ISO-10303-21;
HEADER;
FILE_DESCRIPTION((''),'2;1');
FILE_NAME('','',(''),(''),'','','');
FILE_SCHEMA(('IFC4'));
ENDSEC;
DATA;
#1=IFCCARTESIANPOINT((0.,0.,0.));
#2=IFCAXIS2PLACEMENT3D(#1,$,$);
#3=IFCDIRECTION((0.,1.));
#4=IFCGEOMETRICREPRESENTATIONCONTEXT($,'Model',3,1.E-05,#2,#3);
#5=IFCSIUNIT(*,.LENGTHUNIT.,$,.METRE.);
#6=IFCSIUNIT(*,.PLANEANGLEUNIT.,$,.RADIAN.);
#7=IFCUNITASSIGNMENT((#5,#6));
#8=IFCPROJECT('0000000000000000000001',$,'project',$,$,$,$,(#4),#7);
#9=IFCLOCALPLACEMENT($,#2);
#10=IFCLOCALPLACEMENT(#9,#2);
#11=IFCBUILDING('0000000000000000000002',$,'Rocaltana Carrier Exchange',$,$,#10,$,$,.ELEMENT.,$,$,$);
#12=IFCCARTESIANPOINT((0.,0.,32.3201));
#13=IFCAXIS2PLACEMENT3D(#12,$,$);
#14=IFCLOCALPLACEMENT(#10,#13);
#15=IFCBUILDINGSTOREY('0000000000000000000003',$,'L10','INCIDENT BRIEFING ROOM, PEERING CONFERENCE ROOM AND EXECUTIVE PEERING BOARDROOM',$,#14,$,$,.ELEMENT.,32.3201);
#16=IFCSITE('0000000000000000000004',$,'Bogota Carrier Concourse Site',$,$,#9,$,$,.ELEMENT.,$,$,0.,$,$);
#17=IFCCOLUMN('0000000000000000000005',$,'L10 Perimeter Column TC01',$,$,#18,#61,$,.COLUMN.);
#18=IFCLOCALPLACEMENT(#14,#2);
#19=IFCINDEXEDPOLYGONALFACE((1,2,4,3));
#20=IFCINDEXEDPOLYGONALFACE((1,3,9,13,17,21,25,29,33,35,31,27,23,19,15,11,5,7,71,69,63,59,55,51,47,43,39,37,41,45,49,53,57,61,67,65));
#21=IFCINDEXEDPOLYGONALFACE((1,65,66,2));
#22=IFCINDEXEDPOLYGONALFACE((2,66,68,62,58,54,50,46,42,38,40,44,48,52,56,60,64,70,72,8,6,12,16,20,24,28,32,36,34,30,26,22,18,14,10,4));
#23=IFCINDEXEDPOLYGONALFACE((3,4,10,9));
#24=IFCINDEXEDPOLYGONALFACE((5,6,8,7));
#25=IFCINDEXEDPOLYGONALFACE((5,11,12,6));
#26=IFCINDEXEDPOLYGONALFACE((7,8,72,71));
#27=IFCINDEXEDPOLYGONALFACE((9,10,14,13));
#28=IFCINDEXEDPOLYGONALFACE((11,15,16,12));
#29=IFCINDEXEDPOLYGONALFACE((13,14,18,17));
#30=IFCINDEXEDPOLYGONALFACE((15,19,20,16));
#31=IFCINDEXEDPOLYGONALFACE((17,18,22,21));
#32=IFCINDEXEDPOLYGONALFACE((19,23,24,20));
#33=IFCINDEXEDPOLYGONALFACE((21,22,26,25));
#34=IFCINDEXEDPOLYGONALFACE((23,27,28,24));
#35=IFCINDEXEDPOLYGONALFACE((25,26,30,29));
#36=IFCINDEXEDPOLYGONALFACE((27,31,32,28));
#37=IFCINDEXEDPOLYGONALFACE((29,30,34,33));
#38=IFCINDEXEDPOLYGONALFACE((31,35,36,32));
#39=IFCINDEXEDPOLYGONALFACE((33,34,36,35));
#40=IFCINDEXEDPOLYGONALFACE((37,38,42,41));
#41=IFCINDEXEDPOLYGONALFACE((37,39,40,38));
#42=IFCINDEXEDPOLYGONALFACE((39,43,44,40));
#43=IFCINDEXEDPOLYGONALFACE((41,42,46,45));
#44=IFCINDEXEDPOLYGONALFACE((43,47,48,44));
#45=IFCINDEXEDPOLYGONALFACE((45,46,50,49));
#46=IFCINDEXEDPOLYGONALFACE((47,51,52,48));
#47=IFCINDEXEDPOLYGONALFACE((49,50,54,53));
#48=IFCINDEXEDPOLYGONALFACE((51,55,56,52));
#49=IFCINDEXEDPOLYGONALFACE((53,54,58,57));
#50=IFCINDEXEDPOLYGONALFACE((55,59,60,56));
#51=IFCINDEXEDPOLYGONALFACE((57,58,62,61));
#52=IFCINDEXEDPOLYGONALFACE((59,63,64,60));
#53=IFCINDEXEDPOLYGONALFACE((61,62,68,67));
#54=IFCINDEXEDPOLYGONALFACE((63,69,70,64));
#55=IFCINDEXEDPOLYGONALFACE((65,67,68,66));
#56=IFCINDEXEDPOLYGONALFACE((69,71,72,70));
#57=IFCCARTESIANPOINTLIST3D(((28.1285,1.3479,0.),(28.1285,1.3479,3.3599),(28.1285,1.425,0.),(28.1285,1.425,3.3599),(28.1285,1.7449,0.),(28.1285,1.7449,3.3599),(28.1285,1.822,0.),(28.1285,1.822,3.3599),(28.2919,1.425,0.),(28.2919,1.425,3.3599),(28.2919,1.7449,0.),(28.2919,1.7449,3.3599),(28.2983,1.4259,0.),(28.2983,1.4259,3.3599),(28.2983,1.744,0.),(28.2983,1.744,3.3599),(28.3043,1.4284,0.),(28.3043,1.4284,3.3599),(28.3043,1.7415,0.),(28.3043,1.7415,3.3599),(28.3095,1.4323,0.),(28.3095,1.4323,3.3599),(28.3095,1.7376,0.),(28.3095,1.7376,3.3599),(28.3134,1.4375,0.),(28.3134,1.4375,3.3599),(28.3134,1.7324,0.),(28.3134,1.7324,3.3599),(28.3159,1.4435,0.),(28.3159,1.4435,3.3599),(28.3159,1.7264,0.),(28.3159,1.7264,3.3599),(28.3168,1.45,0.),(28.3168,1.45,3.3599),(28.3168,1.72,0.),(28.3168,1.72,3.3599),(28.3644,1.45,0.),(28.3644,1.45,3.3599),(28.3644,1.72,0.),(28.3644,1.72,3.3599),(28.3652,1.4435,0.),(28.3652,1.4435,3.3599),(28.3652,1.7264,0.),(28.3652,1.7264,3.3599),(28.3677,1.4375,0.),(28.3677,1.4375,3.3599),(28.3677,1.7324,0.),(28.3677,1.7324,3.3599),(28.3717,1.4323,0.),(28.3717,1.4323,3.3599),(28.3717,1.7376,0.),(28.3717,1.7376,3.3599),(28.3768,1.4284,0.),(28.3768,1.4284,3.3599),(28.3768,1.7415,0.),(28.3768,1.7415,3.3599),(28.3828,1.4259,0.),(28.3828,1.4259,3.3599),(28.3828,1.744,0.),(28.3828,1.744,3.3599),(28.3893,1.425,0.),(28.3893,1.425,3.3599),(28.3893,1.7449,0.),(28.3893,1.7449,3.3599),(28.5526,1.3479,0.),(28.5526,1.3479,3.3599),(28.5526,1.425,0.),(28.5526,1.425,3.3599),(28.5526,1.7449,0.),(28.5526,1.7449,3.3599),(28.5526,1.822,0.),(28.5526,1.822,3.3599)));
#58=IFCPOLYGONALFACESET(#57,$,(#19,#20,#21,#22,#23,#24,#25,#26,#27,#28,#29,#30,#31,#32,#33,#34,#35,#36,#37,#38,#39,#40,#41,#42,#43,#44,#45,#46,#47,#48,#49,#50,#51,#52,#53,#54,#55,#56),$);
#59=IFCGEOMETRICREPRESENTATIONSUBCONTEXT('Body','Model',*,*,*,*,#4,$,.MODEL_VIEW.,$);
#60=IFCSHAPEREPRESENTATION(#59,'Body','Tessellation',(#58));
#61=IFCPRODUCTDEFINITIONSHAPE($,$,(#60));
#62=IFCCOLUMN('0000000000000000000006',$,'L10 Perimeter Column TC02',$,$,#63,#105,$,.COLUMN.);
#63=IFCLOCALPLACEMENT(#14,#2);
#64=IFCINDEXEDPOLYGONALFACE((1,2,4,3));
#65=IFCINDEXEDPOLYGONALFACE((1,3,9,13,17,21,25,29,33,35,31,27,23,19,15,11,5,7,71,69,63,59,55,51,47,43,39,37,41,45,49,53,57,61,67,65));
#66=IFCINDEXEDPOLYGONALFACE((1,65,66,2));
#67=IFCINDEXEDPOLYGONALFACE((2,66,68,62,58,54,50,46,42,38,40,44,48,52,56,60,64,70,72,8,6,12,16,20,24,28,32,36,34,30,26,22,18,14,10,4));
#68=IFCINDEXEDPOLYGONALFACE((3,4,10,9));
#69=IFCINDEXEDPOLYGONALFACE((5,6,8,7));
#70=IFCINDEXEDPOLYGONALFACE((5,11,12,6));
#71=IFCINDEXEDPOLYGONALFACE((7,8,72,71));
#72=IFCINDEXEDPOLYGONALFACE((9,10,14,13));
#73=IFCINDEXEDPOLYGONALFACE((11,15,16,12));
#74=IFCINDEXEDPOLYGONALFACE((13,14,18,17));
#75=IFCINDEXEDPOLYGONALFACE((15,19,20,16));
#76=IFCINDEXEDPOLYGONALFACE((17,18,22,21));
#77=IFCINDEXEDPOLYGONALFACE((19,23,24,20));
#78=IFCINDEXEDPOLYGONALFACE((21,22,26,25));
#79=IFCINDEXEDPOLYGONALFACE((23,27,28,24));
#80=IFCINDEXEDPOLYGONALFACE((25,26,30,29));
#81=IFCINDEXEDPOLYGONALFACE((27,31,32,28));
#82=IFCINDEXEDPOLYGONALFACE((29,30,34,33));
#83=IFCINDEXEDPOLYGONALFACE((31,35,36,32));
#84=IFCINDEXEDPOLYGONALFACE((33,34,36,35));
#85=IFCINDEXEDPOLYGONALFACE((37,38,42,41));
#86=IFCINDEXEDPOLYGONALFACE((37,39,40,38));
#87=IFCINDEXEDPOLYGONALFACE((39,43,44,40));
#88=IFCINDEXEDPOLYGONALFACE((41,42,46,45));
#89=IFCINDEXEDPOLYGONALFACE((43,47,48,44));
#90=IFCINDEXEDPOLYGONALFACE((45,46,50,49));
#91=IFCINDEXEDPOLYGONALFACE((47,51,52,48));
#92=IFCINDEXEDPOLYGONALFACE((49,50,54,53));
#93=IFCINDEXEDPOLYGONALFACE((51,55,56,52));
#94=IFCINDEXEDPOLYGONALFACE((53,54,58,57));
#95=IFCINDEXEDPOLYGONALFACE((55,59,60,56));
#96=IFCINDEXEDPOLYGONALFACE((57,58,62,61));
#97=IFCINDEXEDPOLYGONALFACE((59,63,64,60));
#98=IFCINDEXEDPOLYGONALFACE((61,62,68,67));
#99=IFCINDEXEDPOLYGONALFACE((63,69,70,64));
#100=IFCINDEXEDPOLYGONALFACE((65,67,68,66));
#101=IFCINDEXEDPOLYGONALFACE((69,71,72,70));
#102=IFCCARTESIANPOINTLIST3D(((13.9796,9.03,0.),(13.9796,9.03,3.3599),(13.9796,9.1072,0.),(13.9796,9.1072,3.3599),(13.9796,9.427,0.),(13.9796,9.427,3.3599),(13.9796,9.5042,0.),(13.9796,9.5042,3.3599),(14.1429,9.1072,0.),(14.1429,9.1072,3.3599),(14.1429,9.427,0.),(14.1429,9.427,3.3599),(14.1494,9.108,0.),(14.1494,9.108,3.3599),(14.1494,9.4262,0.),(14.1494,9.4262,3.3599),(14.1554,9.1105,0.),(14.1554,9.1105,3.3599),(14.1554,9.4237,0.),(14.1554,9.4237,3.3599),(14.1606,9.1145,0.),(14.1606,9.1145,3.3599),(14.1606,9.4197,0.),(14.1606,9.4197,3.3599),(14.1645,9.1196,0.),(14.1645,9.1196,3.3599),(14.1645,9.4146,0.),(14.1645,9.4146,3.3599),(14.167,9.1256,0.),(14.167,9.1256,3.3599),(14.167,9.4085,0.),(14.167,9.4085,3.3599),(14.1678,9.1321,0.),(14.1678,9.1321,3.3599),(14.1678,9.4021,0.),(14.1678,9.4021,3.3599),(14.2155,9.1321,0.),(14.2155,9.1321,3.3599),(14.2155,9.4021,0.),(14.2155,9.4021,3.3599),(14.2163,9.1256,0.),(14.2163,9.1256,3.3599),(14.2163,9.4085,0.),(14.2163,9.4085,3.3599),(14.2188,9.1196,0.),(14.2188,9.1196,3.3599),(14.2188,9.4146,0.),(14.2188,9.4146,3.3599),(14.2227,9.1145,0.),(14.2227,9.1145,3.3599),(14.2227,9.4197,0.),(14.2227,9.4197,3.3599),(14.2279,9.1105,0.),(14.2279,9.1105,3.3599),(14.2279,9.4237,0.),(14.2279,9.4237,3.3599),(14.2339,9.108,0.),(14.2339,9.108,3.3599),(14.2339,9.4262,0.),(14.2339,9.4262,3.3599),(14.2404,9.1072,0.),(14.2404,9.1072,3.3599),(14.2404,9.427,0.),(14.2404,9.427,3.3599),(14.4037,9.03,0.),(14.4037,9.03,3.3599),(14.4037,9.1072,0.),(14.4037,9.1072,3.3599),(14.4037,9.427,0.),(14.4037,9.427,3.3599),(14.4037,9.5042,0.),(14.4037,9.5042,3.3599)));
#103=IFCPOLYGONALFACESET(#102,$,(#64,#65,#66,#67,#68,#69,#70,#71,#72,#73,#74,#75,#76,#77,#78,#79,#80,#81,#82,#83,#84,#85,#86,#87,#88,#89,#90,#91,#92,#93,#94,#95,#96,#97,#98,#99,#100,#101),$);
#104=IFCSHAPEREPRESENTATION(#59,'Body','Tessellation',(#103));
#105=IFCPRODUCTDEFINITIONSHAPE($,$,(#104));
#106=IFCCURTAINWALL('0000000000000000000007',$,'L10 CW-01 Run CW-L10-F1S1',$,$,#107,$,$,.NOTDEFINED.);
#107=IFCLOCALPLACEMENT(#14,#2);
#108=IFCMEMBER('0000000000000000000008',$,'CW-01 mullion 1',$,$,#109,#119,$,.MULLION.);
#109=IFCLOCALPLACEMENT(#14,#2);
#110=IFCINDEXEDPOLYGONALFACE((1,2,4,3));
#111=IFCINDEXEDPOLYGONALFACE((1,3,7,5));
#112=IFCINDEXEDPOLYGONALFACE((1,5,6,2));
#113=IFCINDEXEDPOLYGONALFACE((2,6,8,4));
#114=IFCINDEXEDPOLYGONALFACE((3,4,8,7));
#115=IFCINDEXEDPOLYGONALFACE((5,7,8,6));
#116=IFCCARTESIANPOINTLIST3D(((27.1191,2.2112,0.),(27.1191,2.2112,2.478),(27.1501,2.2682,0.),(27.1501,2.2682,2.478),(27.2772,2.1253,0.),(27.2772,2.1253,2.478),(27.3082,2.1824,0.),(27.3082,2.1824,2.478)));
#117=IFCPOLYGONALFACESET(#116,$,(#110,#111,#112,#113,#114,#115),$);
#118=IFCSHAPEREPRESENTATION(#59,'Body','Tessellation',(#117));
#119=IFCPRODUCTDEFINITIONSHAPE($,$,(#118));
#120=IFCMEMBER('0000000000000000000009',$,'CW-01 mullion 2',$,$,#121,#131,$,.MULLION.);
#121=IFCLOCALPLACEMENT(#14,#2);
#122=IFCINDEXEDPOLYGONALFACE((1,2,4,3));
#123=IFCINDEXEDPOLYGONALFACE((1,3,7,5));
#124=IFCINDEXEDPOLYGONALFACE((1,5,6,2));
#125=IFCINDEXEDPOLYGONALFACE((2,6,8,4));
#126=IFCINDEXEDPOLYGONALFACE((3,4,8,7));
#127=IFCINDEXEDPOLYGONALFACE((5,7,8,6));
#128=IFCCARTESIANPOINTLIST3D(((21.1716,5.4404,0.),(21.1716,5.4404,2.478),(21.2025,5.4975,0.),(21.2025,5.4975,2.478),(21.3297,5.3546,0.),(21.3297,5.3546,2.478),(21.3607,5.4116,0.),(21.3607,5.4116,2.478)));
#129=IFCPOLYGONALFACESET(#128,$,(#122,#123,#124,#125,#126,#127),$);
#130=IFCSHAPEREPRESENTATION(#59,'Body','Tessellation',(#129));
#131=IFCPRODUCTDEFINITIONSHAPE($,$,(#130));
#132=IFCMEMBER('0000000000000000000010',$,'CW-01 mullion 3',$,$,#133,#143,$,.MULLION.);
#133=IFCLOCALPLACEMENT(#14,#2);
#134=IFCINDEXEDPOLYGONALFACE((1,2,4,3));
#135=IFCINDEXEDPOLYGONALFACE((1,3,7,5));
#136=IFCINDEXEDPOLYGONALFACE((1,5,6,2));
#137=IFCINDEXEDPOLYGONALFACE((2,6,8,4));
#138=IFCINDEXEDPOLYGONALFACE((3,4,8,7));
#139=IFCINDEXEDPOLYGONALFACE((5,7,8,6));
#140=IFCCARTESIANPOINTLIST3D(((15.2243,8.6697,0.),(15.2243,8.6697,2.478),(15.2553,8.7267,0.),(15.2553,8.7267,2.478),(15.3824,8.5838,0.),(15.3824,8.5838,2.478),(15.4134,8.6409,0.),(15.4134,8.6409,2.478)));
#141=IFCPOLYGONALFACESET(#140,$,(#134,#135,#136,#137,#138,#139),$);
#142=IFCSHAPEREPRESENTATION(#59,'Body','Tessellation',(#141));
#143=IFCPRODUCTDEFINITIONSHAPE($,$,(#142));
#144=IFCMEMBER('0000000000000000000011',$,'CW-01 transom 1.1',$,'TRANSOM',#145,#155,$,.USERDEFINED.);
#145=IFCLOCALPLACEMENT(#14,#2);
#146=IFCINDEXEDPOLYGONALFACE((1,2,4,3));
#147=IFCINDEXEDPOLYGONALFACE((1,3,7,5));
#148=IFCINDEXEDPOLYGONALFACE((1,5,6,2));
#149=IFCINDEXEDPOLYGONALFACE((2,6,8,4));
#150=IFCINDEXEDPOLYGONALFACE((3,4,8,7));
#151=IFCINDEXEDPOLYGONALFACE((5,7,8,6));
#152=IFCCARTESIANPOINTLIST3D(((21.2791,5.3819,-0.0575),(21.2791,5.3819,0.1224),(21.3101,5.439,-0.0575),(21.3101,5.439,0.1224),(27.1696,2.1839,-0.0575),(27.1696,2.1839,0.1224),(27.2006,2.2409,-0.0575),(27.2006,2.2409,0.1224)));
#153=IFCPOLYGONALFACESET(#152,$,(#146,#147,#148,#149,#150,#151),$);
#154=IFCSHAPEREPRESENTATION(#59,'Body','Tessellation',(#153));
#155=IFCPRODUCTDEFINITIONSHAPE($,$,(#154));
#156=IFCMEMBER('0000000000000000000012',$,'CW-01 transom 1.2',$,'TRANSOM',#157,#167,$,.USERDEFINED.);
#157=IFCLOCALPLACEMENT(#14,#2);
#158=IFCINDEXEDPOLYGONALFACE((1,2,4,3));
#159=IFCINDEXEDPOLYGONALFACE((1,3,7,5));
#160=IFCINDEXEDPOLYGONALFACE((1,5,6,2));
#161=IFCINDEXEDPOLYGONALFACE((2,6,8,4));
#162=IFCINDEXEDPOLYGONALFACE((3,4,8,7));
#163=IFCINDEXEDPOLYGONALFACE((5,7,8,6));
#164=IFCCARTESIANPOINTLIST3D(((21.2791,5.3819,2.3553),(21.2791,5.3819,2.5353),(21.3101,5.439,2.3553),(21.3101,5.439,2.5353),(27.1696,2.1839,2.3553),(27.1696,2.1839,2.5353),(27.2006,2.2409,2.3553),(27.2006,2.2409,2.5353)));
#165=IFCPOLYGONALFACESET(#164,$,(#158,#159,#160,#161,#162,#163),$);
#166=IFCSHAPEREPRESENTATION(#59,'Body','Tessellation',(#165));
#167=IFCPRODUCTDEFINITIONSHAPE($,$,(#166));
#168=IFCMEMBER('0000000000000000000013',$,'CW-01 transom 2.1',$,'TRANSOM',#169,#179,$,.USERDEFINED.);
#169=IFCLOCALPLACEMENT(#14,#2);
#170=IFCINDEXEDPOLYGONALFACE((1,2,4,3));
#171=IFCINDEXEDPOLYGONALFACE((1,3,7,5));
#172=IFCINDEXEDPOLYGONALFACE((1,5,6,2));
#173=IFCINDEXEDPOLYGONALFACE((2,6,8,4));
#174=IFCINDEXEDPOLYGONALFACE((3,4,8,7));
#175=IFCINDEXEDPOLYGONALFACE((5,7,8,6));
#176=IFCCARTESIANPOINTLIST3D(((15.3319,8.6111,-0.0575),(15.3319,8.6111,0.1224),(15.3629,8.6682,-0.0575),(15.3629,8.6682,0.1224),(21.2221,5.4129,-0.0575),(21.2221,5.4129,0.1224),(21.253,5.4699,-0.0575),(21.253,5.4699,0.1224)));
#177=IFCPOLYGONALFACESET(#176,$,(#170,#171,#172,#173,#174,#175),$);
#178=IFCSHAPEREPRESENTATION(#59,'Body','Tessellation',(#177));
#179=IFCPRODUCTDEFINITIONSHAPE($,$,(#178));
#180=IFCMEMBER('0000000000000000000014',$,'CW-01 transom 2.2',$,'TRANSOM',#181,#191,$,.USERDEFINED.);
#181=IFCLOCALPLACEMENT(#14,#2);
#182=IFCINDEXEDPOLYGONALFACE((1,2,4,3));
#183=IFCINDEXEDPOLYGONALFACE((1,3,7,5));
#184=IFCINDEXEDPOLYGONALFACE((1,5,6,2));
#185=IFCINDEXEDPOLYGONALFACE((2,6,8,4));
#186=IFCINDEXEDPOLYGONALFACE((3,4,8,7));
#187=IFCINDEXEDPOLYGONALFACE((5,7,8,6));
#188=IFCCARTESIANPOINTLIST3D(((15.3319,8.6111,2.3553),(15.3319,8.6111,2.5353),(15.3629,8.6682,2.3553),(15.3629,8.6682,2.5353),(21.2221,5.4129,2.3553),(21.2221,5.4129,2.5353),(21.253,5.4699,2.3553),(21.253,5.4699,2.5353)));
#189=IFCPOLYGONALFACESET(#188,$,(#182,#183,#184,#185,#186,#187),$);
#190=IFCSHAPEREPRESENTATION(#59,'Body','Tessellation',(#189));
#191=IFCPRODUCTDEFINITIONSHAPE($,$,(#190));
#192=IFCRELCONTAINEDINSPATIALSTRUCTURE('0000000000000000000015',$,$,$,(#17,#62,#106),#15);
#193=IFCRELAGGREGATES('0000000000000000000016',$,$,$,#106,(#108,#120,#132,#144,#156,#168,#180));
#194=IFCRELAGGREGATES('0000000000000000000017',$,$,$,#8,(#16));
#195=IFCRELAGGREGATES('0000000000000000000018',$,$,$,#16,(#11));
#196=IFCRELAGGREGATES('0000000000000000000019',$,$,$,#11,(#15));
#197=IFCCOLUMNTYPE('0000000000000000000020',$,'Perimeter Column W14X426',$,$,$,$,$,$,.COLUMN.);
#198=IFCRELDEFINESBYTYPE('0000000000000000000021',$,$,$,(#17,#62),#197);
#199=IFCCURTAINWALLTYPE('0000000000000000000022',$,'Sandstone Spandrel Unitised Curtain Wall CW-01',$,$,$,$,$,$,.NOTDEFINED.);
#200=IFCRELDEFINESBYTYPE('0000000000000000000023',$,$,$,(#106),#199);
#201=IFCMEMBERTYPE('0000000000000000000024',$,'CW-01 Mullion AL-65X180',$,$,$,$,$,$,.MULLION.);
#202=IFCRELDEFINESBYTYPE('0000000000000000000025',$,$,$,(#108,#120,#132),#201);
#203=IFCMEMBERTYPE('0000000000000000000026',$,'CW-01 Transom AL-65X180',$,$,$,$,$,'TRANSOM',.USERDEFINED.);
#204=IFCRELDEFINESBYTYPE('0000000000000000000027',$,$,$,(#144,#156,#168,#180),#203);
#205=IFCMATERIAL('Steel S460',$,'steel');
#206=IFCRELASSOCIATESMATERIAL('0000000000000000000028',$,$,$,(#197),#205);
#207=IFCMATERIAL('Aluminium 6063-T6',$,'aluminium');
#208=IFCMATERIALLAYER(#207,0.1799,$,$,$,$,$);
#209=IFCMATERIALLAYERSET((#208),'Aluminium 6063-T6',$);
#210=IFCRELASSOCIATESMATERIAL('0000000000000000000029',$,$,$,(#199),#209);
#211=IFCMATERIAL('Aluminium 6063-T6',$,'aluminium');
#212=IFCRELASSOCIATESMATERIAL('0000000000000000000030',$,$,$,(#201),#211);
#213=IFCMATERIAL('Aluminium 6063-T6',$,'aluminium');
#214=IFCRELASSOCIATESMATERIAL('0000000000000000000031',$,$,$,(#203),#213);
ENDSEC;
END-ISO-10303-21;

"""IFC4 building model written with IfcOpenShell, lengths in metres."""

from ifc_helpers import new_model, si_unit, direction, frame, origin, origin_2d, place, context, subcontext, project, spatial, rectangle, i_section, extrude, material, layer, layer_set, material_profile, profile_set, type_object, element, aggregate, save


model = new_model("IFC4")

# Units and contexts
model_context = context("Model", 3, precision=1e-05, world=origin(), true_north=direction((0.0, 1.0)))
body_context = subcontext(model_context, "Body", "Model", "MODEL_VIEW")
ifc_project = project(units=[si_unit("LENGTHUNIT", "METRE"), si_unit("PLANEANGLEUNIT", "RADIAN")], contexts=[model_context])

# Site, building, storey
site_placement = place(None, origin())
site = spatial("IfcSite", under=ifc_project, at=site_placement, Name="Bogota Carrier Concourse Site", CompositionType="ELEMENT", RefElevation=0.0)
building_placement = place(site_placement, origin())
building = spatial("IfcBuilding", under=site, at=building_placement, Name="Rocaltana Carrier Exchange", CompositionType="ELEMENT")
storey_placement = place(building_placement, frame((0.0, 0.0, 32.3201)))
storey = spatial("IfcBuildingStorey", under=building, at=storey_placement, Name="L10", Description="INCIDENT BRIEFING ROOM, PEERING CONFERENCE ROOM AND EXECUTIVE PEERING BOARDROOM", CompositionType="ELEMENT", Elevation=32.3201)

# Columns
ifc_material_1 = material(Name="Steel S460", Category="steel")
ifc_material_profile_1 = material_profile(ifc_material_1, i_section(OverallWidth=0.4241, OverallDepth=0.4741, WebThickness=0.0476, FlangeThickness=0.0771, FilletRadius=0.0249, at=origin_2d()), Name="W14X426")
ifc_profile_set_1 = profile_set([ifc_material_profile_1], Name="Steel S460")
column_type = type_object("IfcColumnType", Name="Perimeter Column W14X426", PredefinedType="COLUMN", material=ifc_profile_set_1)
for number, where, z_axis, x_axis, name in (
    (1, (28.3406, 1.585, 0.0), (0.0, 0.0, 1.0), (1.0, 0.0, 0.0), "L10 Perimeter Column TC01"),
    (2, (14.1917, 9.2671, 0.0), (0.0, 0.0, 1.0), (1.0, 0.0, 0.0), "L10 Perimeter Column TC02"),
):
    element("IfcColumn", number, at=place(storey_placement, frame(where, z_axis=z_axis, x_axis=x_axis)), inside=storey, type_object=column_type, Name=name, PredefinedType="COLUMN", context=body_context, shape_type="SweptSolid", body=[
        extrude(i_section(OverallWidth=0.4241, OverallDepth=0.4741, WebThickness=0.0476, FlangeThickness=0.0771, FilletRadius=0.0249, at=origin_2d()), origin(), (0.0, 0.0, 1.0), 3.3599),
    ])

# Curtain wall, members
ifc_material_2 = material(Name="Aluminium 6063-T6", Category="aluminium")
ifc_layer_1 = layer(ifc_material_2, 0.1799)
ifc_layer_set_1 = layer_set([ifc_layer_1], Name="Aluminium 6063-T6")
curtain_wall_type = type_object("IfcCurtainWallType", Name="Sandstone Spandrel Unitised Curtain Wall CW-01", PredefinedType="NOTDEFINED", material=ifc_layer_set_1)
curtain_wall_placement = place(storey_placement, origin())
curtain_wall = element("IfcCurtainWall", 3, at=curtain_wall_placement, inside=storey, type_object=curtain_wall_type, Name="L10 CW-01 Run CW-L10-F1S1", PredefinedType="NOTDEFINED")
ifc_material_3 = material(Name="Aluminium 6063-T6", Category="aluminium")
ifc_material_profile_2 = material_profile(ifc_material_3, rectangle(XDim=0.0649, YDim=0.1799, at=origin_2d()), Name="AL-65X180")
ifc_profile_set_2 = profile_set([ifc_material_profile_2], Name="Aluminium 6063-T6")
member_type_1 = type_object("IfcMemberType", Name="CW-01 Mullion AL-65X180", PredefinedType="MULLION", material=ifc_profile_set_2)
member_1_placement = place(storey_placement, frame((27.2136, 2.1968, 0.0), z_axis=(0.0, 0.0, 1.0), x_axis=(-0.477161, -0.878816, 0.0)))
member_1 = element("IfcMember", 4, at=member_1_placement, type_object=member_type_1, Name="CW-01 mullion 1", PredefinedType="MULLION", context=body_context, shape_type="SweptSolid", body=[
    extrude(rectangle(XDim=0.0649, YDim=0.1799, at=origin_2d()), origin(), (0.0, 0.0, 1.0), 2.478),
])
member_2_placement = place(storey_placement, frame((21.2661, 5.426, 0.0), z_axis=(0.0, 0.0, 1.0), x_axis=(-0.477161, -0.878816, 0.0)))
member_2 = element("IfcMember", 5, at=member_2_placement, type_object=member_type_1, Name="CW-01 mullion 2", PredefinedType="MULLION", context=body_context, shape_type="SweptSolid", body=[
    extrude(rectangle(XDim=0.0649, YDim=0.1799, at=origin_2d()), origin(), (0.0, 0.0, 1.0), 2.478),
])
member_3_placement = place(storey_placement, frame((15.3188, 8.6553, 0.0), z_axis=(0.0, 0.0, 1.0), x_axis=(-0.477161, -0.878816, 0.0)))
member_3 = element("IfcMember", 6, at=member_3_placement, type_object=member_type_1, Name="CW-01 mullion 3", PredefinedType="MULLION", context=body_context, shape_type="SweptSolid", body=[
    extrude(rectangle(XDim=0.0649, YDim=0.1799, at=origin_2d()), origin(), (0.0, 0.0, 1.0), 2.478),
])
ifc_material_4 = material(Name="Aluminium 6063-T6", Category="aluminium")
ifc_material_profile_3 = material_profile(ifc_material_4, rectangle(XDim=0.0649, YDim=0.1799, at=origin_2d()), Name="AL-65X180")
ifc_profile_set_3 = profile_set([ifc_material_profile_3], Name="Aluminium 6063-T6")
member_type_2 = type_object("IfcMemberType", Name="CW-01 Transom AL-65X180", ElementType="TRANSOM", PredefinedType="USERDEFINED", material=ifc_profile_set_3)
member_4_placement = place(storey_placement, frame((27.1851, 2.2124, 0.0325), z_axis=(-0.878831, 0.477134, 0.0), x_axis=(-0.477134, -0.878831, 0.0)))
member_4 = element("IfcMember", 7, at=member_4_placement, type_object=member_type_2, Name="CW-01 transom 1.1", ObjectType="TRANSOM", PredefinedType="USERDEFINED", context=body_context, shape_type="SweptSolid", body=[
    extrude(rectangle(XDim=0.0649, YDim=0.1799, at=origin_2d()), origin(), (0.0, 0.0, 1.0), 6.7026),
])
member_5_placement = place(storey_placement, frame((27.1851, 2.2124, 2.4453), z_axis=(-0.878831, 0.477134, 0.0), x_axis=(-0.477134, -0.878831, 0.0)))
member_5 = element("IfcMember", 8, at=member_5_placement, type_object=member_type_2, Name="CW-01 transom 1.2", ObjectType="TRANSOM", PredefinedType="USERDEFINED", context=body_context, shape_type="SweptSolid", body=[
    extrude(rectangle(XDim=0.0649, YDim=0.1799, at=origin_2d()), origin(), (0.0, 0.0, 1.0), 6.7026),
])
member_6_placement = place(storey_placement, frame((21.2375, 5.4414, 0.0325), z_axis=(-0.878807, 0.477177, 0.0), x_axis=(-0.477177, -0.878807, 0.0)))
member_6 = element("IfcMember", 9, at=member_6_placement, type_object=member_type_2, Name="CW-01 transom 2.1", ObjectType="TRANSOM", PredefinedType="USERDEFINED", context=body_context, shape_type="SweptSolid", body=[
    extrude(rectangle(XDim=0.0649, YDim=0.1799, at=origin_2d()), origin(), (0.0, 0.0, 1.0), 6.7024),
])
member_7_placement = place(storey_placement, frame((21.2375, 5.4414, 2.4453), z_axis=(-0.878807, 0.477177, 0.0), x_axis=(-0.477177, -0.878807, 0.0)))
member_7 = element("IfcMember", 10, at=member_7_placement, type_object=member_type_2, Name="CW-01 transom 2.2", ObjectType="TRANSOM", PredefinedType="USERDEFINED", context=body_context, shape_type="SweptSolid", body=[
    extrude(rectangle(XDim=0.0649, YDim=0.1799, at=origin_2d()), origin(), (0.0, 0.0, 1.0), 6.7024),
])

aggregate(curtain_wall, [member_1, member_2, member_3, member_4, member_5, member_6, member_7])

save(model, "model.ifc")
